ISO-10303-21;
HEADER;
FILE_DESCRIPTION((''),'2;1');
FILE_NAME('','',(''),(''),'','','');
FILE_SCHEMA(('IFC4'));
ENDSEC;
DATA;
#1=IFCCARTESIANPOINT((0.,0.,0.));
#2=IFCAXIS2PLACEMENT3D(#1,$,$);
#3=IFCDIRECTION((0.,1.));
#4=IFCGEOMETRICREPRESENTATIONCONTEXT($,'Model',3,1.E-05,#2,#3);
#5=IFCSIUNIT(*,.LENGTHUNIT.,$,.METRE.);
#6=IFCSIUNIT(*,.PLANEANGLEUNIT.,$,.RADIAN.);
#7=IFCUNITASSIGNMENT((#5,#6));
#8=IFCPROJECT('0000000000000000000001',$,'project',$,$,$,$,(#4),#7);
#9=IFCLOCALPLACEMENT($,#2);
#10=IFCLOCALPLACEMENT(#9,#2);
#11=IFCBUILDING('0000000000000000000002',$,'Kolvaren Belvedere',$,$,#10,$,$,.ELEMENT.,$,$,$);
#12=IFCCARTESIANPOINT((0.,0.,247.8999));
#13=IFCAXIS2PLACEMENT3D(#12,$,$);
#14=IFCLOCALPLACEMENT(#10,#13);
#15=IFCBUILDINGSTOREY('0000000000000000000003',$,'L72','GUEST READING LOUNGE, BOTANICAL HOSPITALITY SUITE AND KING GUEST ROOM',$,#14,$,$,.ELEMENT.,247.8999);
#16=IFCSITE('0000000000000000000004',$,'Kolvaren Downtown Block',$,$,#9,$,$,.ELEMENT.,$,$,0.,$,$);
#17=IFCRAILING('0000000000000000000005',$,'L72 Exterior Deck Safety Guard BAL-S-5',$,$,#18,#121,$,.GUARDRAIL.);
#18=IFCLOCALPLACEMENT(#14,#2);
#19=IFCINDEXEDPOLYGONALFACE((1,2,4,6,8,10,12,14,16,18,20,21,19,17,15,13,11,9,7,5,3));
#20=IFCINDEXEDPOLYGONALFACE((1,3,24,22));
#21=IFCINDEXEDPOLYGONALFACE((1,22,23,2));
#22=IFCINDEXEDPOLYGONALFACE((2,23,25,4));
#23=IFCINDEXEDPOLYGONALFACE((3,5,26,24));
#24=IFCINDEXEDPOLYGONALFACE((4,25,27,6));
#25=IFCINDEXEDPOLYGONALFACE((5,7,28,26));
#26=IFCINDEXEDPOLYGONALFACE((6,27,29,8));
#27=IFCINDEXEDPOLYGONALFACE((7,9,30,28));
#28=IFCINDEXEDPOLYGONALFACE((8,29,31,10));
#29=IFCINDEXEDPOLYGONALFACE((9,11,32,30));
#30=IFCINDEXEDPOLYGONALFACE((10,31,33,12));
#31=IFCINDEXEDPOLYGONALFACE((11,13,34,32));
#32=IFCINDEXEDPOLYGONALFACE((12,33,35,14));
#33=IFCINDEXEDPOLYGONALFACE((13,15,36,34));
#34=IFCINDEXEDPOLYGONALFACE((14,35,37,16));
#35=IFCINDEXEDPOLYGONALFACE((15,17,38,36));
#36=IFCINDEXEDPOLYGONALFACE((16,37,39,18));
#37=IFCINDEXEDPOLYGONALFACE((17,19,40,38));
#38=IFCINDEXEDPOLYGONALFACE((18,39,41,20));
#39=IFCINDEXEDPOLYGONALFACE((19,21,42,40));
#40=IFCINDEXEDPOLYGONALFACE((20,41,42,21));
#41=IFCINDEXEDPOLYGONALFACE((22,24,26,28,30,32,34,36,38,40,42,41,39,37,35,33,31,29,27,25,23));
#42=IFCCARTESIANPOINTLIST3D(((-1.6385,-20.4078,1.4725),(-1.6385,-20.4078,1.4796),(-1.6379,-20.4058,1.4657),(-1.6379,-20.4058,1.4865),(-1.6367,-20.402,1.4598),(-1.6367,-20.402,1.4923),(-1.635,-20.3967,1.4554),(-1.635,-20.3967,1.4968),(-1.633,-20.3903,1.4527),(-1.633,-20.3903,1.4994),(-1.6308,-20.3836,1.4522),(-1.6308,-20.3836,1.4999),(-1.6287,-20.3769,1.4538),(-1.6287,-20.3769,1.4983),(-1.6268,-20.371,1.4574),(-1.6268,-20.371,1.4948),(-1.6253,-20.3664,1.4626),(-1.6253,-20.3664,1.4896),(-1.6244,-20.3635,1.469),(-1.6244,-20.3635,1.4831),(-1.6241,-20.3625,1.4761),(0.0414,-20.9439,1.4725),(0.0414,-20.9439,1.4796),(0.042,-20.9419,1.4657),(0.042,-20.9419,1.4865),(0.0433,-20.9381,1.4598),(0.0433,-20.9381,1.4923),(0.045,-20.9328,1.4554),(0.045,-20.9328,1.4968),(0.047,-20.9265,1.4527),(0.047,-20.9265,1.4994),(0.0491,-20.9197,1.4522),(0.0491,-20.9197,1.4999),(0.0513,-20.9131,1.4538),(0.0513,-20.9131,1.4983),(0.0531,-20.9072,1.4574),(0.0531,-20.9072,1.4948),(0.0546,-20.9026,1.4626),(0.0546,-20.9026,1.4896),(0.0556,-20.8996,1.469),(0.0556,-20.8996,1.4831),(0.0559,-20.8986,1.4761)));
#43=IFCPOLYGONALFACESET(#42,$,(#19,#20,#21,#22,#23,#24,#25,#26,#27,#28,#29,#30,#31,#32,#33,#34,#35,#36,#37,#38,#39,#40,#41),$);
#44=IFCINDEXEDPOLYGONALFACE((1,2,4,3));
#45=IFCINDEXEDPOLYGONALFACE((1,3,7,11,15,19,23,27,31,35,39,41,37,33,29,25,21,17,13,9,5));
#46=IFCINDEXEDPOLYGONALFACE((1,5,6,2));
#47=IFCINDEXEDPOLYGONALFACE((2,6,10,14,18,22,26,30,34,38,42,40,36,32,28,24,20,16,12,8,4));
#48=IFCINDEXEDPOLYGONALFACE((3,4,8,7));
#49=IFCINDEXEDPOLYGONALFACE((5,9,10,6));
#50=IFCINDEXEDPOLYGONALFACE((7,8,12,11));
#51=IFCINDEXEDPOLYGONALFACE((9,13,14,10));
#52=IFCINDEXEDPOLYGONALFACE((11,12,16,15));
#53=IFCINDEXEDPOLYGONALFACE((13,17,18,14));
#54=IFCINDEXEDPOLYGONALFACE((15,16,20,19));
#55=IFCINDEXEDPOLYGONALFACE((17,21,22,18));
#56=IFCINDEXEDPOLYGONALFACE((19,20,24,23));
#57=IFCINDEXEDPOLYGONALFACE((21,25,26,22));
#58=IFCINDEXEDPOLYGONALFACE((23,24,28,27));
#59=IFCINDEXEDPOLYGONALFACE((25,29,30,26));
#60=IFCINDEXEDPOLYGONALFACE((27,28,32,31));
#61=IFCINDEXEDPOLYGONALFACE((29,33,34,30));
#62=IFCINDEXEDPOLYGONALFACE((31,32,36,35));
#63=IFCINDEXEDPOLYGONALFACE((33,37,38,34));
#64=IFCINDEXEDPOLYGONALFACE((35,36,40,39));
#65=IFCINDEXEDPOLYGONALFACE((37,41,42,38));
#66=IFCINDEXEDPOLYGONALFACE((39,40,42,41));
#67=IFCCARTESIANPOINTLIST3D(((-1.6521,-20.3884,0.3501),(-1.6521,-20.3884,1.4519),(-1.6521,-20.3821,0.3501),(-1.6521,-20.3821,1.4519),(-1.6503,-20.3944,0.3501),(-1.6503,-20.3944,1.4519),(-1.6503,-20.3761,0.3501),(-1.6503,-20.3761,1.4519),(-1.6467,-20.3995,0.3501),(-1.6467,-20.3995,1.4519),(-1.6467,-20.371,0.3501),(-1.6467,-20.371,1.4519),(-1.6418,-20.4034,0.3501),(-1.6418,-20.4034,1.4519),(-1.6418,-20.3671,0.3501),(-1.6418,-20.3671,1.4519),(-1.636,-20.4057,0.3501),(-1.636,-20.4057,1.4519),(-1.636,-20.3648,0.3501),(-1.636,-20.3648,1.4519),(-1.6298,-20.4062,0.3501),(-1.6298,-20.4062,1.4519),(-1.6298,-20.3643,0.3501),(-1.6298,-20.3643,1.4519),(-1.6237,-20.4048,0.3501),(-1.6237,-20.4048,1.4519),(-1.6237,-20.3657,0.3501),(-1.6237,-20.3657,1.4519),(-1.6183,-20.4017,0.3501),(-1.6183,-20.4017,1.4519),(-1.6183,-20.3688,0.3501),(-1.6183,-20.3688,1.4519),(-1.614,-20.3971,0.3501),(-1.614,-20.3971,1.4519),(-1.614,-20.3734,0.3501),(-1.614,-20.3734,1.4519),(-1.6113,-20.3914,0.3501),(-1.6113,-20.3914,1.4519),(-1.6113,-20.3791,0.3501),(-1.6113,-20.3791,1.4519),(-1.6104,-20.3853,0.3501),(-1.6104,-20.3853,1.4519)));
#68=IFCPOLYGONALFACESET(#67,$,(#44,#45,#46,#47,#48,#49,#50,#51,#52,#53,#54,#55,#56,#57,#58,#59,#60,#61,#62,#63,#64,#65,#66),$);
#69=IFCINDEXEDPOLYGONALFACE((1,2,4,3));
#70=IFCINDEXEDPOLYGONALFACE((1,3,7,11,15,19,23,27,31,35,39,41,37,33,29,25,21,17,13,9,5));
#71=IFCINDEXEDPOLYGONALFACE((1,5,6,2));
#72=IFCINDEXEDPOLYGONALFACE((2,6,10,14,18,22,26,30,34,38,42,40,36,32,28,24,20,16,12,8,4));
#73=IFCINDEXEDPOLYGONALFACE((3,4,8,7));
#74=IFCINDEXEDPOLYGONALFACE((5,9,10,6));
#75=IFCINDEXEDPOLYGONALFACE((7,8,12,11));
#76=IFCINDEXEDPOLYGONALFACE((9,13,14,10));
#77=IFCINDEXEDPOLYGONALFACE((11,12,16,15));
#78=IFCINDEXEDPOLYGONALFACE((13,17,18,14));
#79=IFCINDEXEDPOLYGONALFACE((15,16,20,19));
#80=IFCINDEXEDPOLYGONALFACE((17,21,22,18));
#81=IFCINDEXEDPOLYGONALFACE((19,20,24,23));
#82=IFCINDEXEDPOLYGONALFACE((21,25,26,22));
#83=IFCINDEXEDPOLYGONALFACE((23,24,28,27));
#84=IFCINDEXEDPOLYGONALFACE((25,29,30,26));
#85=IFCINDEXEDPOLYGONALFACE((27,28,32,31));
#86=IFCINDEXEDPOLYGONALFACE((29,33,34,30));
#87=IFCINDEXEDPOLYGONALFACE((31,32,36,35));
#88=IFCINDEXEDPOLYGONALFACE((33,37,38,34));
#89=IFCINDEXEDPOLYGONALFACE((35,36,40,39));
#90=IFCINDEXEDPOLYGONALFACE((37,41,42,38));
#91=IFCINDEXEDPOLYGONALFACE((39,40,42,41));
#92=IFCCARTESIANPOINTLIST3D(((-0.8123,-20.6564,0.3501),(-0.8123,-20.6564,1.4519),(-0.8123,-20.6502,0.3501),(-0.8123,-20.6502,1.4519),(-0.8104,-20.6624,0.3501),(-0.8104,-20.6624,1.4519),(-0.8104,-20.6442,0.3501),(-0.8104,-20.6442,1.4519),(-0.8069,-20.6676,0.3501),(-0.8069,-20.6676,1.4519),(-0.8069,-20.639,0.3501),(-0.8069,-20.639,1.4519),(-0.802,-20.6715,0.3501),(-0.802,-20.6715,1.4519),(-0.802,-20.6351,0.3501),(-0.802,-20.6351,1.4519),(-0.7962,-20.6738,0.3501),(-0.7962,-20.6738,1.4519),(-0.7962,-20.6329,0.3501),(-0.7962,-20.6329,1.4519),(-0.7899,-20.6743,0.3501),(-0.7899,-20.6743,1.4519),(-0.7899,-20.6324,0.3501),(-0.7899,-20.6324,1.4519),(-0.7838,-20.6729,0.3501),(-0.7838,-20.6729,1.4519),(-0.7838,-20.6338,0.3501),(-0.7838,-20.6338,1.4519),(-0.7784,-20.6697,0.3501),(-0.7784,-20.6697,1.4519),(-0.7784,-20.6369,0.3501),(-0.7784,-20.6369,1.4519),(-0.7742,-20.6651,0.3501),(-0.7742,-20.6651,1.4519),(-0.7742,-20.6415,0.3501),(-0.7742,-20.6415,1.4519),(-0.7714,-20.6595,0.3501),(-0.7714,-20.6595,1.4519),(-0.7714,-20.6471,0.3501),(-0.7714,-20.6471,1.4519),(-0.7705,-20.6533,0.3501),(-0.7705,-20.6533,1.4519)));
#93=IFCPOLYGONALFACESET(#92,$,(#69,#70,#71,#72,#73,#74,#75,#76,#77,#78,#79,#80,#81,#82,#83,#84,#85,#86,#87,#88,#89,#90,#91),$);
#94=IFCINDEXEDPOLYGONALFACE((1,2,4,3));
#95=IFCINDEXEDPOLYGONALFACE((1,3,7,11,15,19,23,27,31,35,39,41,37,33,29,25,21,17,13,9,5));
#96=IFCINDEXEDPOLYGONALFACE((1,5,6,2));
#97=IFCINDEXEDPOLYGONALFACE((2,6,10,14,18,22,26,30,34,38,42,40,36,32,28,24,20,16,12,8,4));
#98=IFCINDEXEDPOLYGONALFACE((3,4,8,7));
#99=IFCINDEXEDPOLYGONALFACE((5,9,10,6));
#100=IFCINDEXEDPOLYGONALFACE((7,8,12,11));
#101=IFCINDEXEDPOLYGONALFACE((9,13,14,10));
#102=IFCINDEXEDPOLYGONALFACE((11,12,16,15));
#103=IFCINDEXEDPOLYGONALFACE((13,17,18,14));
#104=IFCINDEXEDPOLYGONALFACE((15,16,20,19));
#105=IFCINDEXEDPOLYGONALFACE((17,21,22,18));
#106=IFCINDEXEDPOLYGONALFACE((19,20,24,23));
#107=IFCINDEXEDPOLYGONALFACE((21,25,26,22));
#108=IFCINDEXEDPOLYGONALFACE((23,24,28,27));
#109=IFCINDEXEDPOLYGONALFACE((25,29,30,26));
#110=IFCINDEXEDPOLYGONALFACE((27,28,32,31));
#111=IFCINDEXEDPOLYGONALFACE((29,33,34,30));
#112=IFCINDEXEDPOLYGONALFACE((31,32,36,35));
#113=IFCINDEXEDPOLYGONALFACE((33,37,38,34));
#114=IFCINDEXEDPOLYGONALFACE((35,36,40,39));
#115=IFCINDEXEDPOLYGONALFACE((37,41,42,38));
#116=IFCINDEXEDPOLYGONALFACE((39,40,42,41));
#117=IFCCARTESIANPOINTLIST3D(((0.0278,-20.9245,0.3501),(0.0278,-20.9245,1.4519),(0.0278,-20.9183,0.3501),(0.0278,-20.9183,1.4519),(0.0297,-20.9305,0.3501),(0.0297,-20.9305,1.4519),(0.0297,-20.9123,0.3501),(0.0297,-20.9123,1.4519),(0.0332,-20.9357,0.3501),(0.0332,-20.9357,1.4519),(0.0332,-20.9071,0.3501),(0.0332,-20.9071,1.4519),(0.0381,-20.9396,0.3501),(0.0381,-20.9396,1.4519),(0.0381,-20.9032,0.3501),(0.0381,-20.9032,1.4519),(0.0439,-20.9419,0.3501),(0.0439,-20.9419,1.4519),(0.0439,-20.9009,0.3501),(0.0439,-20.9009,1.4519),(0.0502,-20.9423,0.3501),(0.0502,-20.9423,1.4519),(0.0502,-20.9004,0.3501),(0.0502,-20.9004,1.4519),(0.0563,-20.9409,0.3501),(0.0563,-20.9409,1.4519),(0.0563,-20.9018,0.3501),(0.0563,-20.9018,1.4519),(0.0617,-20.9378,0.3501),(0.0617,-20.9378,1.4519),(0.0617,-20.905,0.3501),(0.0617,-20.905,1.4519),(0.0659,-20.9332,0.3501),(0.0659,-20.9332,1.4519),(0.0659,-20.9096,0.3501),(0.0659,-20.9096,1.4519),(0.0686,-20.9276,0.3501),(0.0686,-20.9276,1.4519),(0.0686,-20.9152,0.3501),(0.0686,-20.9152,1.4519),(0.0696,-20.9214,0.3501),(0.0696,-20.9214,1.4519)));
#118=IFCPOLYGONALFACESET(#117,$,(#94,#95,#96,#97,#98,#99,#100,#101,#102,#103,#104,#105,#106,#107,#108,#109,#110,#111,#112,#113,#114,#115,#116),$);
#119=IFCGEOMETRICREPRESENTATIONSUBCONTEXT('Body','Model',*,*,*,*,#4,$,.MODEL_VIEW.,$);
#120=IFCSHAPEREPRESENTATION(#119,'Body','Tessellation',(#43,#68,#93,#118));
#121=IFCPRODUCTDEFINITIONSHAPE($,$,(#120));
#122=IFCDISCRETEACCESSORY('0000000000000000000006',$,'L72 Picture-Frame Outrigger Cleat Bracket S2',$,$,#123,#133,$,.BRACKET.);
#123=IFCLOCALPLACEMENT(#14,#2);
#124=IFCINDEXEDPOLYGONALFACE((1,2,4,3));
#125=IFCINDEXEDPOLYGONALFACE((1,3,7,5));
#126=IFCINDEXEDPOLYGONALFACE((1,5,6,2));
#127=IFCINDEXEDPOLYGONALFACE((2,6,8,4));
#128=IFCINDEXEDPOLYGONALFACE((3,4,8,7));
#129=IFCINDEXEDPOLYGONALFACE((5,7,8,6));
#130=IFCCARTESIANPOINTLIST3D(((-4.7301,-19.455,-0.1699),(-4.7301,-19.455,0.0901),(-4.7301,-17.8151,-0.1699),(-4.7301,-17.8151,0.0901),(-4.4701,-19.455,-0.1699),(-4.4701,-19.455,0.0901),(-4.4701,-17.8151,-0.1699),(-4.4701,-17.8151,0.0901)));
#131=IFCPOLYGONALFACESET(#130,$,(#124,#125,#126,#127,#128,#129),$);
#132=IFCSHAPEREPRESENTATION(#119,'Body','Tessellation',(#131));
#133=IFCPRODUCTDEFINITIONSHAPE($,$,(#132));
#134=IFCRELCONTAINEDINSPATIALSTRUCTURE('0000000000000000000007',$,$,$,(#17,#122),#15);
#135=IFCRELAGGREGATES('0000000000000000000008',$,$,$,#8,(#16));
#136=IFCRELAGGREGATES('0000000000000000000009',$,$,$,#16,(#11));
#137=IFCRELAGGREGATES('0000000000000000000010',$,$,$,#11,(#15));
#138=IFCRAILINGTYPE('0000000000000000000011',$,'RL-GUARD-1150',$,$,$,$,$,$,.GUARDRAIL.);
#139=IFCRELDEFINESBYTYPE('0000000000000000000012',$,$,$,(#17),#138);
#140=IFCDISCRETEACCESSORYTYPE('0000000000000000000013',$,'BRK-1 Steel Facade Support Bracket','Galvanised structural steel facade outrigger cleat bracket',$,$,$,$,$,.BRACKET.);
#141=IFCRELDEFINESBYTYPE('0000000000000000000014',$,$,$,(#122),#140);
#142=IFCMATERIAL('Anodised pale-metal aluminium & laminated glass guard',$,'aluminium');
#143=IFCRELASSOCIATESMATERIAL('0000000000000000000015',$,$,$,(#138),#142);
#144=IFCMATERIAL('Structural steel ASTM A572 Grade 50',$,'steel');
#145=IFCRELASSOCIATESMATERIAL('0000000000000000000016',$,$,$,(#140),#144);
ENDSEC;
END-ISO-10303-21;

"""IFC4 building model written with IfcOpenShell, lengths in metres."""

from ifc_helpers import new_model, si_unit, direction, frame, origin, origin_2d, place, context, subcontext, project, spatial, rectangle, circle, extrude, material, type_object, element, save


model = new_model("IFC4")

# Units and contexts
model_context = context("Model", 3, precision=1e-05, world=origin(), true_north=direction((0.0, 1.0)))
body_context = subcontext(model_context, "Body", "Model", "MODEL_VIEW")
ifc_project = project(units=[si_unit("LENGTHUNIT", "METRE"), si_unit("PLANEANGLEUNIT", "RADIAN")], contexts=[model_context])

# Site, building, storey
site_placement = place(None, origin())
site = spatial("IfcSite", under=ifc_project, at=site_placement, Name="Kolvaren Downtown Block", CompositionType="ELEMENT", RefElevation=0.0)
building_placement = place(site_placement, origin())
building = spatial("IfcBuilding", under=site, at=building_placement, Name="Kolvaren Belvedere", CompositionType="ELEMENT")
storey_placement = place(building_placement, frame((0.0, 0.0, 247.8999)))
storey = spatial("IfcBuildingStorey", under=building, at=storey_placement, Name="L72", Description="GUEST READING LOUNGE, BOTANICAL HOSPITALITY SUITE AND KING GUEST ROOM", CompositionType="ELEMENT", Elevation=247.8999)

# Railing
ifc_material_1 = material(Name="Anodised pale-metal aluminium & laminated glass guard", Category="aluminium")
railing_type = type_object("IfcRailingType", Name="RL-GUARD-1150", PredefinedType="GUARDRAIL", material=ifc_material_1)
railing_1_placement = place(storey_placement, frame((-1.6313, -20.3853, 0.3501)))
element("IfcRailing", 1, at=railing_1_placement, inside=storey, type_object=railing_type, Name="L72 Exterior Deck Safety Guard BAL-S-5", PredefinedType="GUARDRAIL", context=body_context, shape_type="SweptSolid", body=[
    extrude(circle(Radius=0.0239, at=origin_2d()), frame((0.0, 0.0, 1.126), z_axis=(0.952662, -0.304032, 0.0), x_axis=(0.304032, 0.952662, 0.0)), (0.0, 0.0, 1.0), 1.7634),
    extrude(circle(Radius=0.021, at=origin_2d()), origin(), (0.0, 0.0, 1.0), 1.1018),
    extrude(circle(Radius=0.021, at=origin_2d()), frame((0.8398, -0.2681, 0.0)), (0.0, 0.0, 1.0), 1.1018),
    extrude(circle(Radius=0.021, at=origin_2d()), frame((1.6799, -0.5361, 0.0)), (0.0, 0.0, 1.0), 1.1018),
])

# Discrete accessory
ifc_material_2 = material(Name="Structural steel ASTM A572 Grade 50", Category="steel")
discrete_accessory_type = type_object("IfcDiscreteAccessoryType", Name="BRK-1 Steel Facade Support Bracket", Description="Galvanised structural steel facade outrigger cleat bracket", PredefinedType="BRACKET", material=ifc_material_2)
discrete_accessory_placement = place(storey_placement, frame((-4.6001, -18.635, -0.1699), z_axis=(0.0, 0.0, 1.0), x_axis=(0.0, 1.0, 0.0)))
element("IfcDiscreteAccessory", 2, at=discrete_accessory_placement, inside=storey, type_object=discrete_accessory_type, Name="L72 Picture-Frame Outrigger Cleat Bracket S2", PredefinedType="BRACKET", context=body_context, shape_type="SweptSolid", body=[
    extrude(rectangle(XDim=1.6399, YDim=0.26, at=origin_2d()), origin(), (0.0, 0.0, 1.0), 0.26),
])

save(model, "model.ifc")
